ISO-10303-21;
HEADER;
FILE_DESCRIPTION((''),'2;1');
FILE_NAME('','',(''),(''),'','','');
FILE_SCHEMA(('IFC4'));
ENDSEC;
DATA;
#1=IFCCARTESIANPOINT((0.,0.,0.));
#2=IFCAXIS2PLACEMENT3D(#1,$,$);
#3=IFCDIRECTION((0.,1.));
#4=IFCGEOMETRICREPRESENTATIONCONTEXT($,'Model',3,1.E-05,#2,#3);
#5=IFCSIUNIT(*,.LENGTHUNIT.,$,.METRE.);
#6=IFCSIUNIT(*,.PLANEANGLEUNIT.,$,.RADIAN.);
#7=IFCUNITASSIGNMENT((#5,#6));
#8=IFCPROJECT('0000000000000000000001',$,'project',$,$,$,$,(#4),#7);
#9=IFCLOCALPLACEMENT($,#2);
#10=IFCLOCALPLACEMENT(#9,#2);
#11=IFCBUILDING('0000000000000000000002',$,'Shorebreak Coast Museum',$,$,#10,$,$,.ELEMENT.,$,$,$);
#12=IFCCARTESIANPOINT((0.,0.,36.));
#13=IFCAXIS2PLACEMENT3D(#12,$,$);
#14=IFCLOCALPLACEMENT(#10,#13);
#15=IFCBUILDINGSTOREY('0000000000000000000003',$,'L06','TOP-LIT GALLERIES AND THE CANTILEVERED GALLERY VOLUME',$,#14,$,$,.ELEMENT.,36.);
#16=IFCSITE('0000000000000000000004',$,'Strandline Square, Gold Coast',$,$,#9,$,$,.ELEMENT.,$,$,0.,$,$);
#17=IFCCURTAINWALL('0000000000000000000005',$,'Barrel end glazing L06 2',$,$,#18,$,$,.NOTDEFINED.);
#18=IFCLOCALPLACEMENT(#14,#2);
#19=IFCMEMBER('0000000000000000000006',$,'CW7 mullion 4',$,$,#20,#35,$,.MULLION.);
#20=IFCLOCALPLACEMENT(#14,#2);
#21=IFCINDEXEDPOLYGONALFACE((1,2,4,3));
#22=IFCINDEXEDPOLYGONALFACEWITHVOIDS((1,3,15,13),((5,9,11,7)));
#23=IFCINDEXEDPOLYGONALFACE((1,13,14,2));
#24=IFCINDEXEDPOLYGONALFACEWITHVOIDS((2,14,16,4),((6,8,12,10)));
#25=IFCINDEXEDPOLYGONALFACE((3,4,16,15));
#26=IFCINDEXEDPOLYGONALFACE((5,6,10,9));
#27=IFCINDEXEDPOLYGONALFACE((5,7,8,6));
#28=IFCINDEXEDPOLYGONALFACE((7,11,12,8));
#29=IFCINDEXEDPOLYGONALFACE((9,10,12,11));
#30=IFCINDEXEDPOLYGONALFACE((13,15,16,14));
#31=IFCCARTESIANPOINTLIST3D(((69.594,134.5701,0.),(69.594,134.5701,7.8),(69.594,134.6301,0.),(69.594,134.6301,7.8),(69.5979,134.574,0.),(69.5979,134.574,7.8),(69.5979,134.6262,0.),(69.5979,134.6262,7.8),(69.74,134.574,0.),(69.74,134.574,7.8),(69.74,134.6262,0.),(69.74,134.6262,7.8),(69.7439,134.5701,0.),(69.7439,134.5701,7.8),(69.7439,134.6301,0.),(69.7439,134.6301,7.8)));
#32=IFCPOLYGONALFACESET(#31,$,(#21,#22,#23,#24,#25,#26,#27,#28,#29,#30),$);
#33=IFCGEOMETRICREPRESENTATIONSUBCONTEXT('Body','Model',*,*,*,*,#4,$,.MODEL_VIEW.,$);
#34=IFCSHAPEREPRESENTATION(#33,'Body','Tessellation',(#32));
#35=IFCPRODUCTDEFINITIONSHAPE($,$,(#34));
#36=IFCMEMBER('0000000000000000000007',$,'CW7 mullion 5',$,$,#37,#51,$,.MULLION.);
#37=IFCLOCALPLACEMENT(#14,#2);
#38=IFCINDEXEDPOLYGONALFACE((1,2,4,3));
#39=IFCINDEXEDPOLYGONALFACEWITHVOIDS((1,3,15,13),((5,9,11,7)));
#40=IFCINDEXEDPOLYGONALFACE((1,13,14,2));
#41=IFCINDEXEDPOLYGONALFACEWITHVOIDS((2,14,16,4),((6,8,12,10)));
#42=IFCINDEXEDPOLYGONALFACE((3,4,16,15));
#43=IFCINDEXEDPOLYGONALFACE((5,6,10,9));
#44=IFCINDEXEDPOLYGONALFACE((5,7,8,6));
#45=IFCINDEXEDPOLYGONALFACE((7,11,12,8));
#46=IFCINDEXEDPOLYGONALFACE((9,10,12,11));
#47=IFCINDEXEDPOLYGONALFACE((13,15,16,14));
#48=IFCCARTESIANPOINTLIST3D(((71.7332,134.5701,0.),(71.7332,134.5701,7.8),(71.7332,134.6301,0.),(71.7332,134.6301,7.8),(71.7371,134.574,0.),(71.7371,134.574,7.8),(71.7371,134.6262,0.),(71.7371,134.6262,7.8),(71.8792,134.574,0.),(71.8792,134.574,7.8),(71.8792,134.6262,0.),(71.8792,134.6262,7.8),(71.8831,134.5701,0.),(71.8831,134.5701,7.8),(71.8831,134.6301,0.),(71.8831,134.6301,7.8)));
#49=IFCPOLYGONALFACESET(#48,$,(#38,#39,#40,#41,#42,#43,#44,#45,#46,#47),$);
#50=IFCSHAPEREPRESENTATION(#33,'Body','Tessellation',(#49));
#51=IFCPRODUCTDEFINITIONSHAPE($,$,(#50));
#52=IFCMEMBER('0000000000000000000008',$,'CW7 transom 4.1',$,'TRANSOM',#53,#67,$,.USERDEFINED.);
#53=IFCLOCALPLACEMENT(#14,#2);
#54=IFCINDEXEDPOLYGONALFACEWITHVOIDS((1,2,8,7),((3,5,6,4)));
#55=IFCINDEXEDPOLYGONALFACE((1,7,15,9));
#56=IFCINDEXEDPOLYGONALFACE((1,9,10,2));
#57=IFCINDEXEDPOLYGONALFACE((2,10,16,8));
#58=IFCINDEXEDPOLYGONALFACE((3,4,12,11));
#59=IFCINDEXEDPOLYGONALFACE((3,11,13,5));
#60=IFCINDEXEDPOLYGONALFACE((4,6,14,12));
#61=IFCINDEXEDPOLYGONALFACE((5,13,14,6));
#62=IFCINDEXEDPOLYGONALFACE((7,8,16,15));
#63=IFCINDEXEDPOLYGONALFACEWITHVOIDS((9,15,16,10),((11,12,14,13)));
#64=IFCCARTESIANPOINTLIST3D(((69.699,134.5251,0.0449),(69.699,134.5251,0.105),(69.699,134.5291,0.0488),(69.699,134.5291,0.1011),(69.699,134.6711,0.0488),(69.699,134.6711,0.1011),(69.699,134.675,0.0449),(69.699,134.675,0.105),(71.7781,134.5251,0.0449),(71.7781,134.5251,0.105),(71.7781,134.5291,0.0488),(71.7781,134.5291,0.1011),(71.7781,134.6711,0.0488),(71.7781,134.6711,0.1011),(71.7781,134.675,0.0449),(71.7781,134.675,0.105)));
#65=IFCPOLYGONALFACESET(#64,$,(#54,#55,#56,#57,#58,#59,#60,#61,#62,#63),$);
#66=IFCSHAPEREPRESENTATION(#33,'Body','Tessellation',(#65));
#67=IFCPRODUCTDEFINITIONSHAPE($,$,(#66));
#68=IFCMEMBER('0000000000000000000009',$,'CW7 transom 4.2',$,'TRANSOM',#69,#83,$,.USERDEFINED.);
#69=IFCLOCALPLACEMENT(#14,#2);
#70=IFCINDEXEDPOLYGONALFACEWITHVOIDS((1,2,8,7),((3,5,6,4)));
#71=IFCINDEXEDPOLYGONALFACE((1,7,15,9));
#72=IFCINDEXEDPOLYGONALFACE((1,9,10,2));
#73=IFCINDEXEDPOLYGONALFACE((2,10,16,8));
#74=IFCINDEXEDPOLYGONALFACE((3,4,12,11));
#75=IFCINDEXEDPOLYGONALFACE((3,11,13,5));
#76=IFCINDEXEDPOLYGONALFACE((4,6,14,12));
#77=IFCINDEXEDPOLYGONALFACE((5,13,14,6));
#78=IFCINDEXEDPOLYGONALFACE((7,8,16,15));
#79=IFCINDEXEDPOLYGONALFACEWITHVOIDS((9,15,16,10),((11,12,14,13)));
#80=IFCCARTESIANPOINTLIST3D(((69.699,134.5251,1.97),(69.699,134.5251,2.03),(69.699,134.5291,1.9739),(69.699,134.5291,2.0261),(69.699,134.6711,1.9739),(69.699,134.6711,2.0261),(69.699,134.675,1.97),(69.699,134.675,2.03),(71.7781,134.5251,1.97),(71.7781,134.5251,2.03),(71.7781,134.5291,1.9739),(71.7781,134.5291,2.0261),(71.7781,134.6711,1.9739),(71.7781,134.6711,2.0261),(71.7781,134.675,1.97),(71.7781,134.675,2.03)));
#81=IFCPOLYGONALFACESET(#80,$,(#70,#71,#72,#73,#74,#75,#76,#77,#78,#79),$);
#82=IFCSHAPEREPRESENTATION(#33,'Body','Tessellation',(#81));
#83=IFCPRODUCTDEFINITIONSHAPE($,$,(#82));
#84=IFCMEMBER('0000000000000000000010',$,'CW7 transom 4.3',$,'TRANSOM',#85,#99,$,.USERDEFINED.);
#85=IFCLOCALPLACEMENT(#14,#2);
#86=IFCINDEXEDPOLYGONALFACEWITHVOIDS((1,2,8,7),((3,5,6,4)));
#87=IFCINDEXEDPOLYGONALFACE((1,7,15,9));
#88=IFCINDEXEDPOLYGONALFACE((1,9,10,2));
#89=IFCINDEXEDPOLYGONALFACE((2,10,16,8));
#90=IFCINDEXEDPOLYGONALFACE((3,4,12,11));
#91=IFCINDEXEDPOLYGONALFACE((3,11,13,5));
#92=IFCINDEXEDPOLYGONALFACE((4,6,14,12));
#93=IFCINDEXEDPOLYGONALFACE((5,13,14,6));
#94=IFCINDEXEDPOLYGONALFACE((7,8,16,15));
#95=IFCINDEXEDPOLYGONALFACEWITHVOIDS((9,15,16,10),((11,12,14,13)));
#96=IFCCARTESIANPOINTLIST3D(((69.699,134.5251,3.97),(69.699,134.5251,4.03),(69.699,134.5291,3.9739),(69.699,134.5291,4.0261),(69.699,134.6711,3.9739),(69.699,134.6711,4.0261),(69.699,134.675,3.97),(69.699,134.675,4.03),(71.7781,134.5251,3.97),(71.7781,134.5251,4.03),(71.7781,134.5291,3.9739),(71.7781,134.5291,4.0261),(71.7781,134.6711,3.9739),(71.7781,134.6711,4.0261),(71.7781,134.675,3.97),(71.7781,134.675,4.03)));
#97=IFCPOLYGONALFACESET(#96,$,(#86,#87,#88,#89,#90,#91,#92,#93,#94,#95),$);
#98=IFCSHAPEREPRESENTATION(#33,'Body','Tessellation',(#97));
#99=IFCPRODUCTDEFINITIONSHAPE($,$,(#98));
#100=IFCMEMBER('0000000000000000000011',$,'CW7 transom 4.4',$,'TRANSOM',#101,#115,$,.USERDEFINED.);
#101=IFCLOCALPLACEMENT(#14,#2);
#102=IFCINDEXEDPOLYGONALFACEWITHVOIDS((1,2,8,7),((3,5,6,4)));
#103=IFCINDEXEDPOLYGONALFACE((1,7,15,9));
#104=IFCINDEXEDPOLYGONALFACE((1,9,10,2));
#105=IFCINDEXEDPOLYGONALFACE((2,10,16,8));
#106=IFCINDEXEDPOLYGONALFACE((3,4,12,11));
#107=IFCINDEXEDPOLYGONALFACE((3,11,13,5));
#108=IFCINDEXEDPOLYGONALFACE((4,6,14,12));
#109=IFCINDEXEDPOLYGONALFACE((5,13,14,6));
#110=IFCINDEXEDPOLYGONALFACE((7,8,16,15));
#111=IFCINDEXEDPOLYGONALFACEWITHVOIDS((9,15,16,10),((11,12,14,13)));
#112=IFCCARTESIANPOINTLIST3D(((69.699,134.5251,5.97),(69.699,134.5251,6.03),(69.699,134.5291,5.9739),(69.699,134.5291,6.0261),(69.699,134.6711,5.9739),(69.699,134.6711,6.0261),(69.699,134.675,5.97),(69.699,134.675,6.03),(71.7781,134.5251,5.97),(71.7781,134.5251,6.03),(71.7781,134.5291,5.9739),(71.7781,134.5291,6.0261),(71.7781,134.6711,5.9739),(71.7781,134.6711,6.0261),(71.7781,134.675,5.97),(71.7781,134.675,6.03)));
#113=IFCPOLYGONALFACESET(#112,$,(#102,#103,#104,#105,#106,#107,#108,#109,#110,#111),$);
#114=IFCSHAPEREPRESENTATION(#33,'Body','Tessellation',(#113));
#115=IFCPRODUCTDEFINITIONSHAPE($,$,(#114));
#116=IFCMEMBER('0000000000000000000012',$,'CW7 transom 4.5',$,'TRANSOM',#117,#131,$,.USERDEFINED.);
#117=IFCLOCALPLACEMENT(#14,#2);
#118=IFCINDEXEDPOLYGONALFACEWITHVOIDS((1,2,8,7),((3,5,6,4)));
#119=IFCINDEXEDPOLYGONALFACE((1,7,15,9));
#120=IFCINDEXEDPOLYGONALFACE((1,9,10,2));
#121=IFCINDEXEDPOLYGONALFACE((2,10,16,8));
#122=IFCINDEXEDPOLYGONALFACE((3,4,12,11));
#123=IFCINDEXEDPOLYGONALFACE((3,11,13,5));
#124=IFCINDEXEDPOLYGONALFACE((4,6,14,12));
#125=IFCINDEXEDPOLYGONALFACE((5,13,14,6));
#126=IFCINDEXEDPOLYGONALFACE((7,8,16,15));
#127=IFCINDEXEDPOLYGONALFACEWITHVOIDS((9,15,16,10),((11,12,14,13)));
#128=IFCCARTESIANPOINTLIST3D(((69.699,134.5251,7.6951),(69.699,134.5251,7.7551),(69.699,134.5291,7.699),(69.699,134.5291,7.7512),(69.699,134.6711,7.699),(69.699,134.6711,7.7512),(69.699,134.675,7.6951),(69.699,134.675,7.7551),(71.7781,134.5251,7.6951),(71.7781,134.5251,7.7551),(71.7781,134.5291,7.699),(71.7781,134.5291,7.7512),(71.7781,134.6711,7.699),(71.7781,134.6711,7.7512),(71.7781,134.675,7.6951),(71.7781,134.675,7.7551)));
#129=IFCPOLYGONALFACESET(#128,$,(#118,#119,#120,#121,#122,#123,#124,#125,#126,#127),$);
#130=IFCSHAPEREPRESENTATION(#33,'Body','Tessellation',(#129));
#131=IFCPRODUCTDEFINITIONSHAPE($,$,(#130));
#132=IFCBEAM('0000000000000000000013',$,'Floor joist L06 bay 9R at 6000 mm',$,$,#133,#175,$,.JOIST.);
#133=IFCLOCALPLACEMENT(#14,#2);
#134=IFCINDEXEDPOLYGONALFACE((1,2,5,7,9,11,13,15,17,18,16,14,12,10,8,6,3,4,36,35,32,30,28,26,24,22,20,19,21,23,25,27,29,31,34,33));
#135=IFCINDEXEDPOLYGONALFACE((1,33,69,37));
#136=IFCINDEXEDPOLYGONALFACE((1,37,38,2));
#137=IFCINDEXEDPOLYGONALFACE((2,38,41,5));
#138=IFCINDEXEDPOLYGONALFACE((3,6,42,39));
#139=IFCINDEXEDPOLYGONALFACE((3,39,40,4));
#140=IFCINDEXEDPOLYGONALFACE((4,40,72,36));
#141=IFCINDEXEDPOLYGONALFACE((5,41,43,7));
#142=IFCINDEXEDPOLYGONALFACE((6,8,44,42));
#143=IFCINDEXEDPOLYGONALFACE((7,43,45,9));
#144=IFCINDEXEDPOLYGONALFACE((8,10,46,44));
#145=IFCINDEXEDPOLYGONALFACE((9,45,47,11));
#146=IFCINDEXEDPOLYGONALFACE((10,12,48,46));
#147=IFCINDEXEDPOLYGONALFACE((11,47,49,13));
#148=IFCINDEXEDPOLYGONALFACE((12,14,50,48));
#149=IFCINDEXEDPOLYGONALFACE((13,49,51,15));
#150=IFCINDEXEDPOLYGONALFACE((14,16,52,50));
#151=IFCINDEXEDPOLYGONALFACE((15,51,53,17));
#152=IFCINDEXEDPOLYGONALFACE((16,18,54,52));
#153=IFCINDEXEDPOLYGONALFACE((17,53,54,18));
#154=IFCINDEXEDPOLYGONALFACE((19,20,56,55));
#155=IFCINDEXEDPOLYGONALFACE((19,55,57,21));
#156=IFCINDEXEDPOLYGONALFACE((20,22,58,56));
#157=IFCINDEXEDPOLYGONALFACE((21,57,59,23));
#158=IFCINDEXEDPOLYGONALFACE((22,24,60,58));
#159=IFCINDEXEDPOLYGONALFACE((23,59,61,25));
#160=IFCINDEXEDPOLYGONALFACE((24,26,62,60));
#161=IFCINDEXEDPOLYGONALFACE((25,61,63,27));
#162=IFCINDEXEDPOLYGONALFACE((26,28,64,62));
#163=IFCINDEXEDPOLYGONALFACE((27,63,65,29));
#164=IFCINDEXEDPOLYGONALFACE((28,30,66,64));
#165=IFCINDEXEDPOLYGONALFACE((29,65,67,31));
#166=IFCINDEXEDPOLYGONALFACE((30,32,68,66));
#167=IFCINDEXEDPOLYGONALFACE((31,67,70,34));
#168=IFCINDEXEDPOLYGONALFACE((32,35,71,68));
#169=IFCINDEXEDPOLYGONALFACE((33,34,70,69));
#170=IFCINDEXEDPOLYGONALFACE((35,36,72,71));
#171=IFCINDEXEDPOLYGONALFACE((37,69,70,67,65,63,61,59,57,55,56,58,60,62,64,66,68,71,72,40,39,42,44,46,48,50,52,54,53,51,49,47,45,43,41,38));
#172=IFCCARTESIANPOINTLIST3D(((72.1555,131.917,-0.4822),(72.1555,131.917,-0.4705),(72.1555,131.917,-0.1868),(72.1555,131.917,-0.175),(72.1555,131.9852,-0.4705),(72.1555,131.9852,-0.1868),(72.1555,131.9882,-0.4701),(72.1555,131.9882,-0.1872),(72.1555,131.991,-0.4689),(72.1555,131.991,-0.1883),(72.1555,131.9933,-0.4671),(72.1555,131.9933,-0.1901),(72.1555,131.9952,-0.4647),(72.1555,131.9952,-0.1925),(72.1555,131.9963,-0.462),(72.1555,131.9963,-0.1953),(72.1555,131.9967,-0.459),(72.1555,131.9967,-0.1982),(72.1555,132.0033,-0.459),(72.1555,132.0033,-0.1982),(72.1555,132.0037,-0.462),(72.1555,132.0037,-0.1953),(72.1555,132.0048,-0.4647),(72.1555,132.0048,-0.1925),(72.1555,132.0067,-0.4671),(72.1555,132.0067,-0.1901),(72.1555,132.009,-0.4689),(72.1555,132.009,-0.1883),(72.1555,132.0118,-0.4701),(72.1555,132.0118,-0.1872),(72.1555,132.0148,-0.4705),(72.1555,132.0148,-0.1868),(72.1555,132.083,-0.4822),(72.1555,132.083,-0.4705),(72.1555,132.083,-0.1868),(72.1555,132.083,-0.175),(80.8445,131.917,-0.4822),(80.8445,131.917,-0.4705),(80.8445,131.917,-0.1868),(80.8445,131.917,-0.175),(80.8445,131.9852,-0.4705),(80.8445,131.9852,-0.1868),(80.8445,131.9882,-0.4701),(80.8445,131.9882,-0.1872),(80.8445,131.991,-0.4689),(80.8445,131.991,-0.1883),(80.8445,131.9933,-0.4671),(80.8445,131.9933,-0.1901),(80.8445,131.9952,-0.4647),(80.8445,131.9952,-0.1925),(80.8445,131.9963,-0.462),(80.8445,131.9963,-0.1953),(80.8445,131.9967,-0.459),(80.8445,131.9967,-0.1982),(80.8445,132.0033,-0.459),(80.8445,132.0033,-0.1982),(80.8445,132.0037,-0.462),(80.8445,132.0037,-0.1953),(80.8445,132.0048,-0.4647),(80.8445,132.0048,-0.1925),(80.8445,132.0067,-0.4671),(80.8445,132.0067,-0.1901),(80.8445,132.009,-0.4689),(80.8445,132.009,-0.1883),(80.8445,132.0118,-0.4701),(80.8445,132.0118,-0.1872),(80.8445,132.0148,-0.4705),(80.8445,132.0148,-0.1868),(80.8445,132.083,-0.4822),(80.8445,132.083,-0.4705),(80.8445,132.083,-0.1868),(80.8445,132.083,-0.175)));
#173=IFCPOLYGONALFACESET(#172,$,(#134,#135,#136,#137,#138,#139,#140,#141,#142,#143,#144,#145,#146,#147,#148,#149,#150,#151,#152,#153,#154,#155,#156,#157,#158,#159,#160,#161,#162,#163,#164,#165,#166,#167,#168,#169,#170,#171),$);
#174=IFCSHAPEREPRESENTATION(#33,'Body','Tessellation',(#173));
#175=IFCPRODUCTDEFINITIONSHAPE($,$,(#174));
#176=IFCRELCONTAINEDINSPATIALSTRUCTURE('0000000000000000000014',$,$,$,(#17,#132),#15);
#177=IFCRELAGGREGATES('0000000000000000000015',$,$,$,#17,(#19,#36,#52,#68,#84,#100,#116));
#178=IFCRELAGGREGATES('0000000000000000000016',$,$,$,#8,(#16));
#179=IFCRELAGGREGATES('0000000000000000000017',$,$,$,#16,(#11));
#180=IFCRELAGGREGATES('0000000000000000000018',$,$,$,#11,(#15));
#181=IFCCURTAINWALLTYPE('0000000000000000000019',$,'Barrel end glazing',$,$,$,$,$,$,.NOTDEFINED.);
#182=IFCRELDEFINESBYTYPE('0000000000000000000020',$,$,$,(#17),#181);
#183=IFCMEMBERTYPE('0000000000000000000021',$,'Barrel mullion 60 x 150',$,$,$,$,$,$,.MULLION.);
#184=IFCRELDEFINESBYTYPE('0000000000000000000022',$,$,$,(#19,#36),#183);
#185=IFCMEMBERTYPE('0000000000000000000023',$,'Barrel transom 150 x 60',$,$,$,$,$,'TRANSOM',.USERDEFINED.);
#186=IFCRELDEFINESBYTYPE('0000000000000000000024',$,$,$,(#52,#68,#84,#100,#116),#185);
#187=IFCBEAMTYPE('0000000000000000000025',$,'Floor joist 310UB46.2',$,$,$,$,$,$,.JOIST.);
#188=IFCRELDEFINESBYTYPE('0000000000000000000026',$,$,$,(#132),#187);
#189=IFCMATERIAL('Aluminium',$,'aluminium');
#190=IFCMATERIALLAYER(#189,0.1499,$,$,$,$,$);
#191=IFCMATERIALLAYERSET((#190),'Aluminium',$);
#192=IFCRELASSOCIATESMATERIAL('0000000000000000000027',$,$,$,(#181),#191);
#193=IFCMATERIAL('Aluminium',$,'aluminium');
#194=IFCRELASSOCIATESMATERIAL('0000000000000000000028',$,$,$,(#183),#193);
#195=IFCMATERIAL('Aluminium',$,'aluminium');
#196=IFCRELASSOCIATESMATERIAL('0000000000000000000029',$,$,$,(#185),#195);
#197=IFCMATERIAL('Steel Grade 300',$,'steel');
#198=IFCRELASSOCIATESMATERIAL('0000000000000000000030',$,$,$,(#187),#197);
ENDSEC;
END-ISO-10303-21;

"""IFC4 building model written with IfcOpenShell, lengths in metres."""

from ifc_helpers import new_model, si_unit, direction, frame, origin, origin_2d, place, context, subcontext, project, spatial, hollow_rectangle, i_section, extrude, material, layer, layer_set, material_profile, profile_set, type_object, element, aggregate, save


model = new_model("IFC4")

# Units and contexts
model_context = context("Model", 3, precision=1e-05, world=origin(), true_north=direction((0.0, 1.0)))
body_context = subcontext(model_context, "Body", "Model", "MODEL_VIEW")
ifc_project = project(units=[si_unit("LENGTHUNIT", "METRE"), si_unit("PLANEANGLEUNIT", "RADIAN")], contexts=[model_context])

# Site, building, storey
site_placement = place(None, origin())
site = spatial("IfcSite", under=ifc_project, at=site_placement, Name="Strandline Square, Gold Coast", CompositionType="ELEMENT", RefElevation=0.0)
building_placement = place(site_placement, origin())
building = spatial("IfcBuilding", under=site, at=building_placement, Name="Shorebreak Coast Museum", CompositionType="ELEMENT")
storey_placement = place(building_placement, frame((0.0, 0.0, 36.0)))
storey = spatial("IfcBuildingStorey", under=building, at=storey_placement, Name="L06", Description="TOP-LIT GALLERIES AND THE CANTILEVERED GALLERY VOLUME", CompositionType="ELEMENT", Elevation=36.0)

# Curtain wall, members
ifc_material_1 = material(Name="Aluminium", Category="aluminium")
ifc_layer_1 = layer(ifc_material_1, 0.1499)
ifc_layer_set_1 = layer_set([ifc_layer_1], Name="Aluminium")
curtain_wall_type_1 = type_object("IfcCurtainWallType", Name="Barrel end glazing", PredefinedType="NOTDEFINED", material=ifc_layer_set_1)
curtain_wall_1_placement = place(storey_placement, origin())
curtain_wall_1 = element("IfcCurtainWall", 1, at=curtain_wall_1_placement, inside=storey, type_object=curtain_wall_type_1, Name="Barrel end glazing L06 2", PredefinedType="NOTDEFINED")
ifc_material_2 = material(Name="Aluminium", Category="aluminium")
ifc_material_profile_1 = material_profile(ifc_material_2, hollow_rectangle(XDim=0.0601, YDim=0.1499, WallThickness=0.0039, at=origin_2d()), Name="AL 150x60 RHS")
ifc_profile_set_1 = profile_set([ifc_material_profile_1], Name="Aluminium")
member_type_1 = type_object("IfcMemberType", Name="Barrel mullion 60 x 150", PredefinedType="MULLION", material=ifc_profile_set_1)
member_1_placement = place(storey_placement, frame((69.6689, 134.6001, 0.0), z_axis=(0.0, 0.0, 1.0), x_axis=(0.0, 1.0, 0.0)))
member_1 = element("IfcMember", 2, at=member_1_placement, type_object=member_type_1, Name="CW7 mullion 4", PredefinedType="MULLION", context=body_context, shape_type="SweptSolid", body=[
    extrude(hollow_rectangle(XDim=0.0601, YDim=0.1499, WallThickness=0.0039, at=origin_2d()), origin(), (0.0, 0.0, 1.0), 7.8),
])
member_2_placement = place(storey_placement, frame((71.8081, 134.6001, 0.0), z_axis=(0.0, 0.0, 1.0), x_axis=(0.0, 1.0, 0.0)))
member_2 = element("IfcMember", 3, at=member_2_placement, type_object=member_type_1, Name="CW7 mullion 5", PredefinedType="MULLION", context=body_context, shape_type="SweptSolid", body=[
    extrude(hollow_rectangle(XDim=0.0601, YDim=0.1499, WallThickness=0.0039, at=origin_2d()), origin(), (0.0, 0.0, 1.0), 7.8),
])
ifc_material_3 = material(Name="Aluminium", Category="aluminium")
ifc_material_profile_2 = material_profile(ifc_material_3, hollow_rectangle(XDim=0.1499, YDim=0.0601, WallThickness=0.0039, at=origin_2d()), Name="AL 60x150 RHS")
ifc_profile_set_2 = profile_set([ifc_material_profile_2], Name="Aluminium")
member_type_2 = type_object("IfcMemberType", Name="Barrel transom 150 x 60", ElementType="TRANSOM", PredefinedType="USERDEFINED", material=ifc_profile_set_2)
member_3_placement = place(storey_placement, frame((69.699, 134.6001, 0.075), z_axis=(1.0, 0.0, 0.0), x_axis=(0.0, 1.0, 0.0)))
member_3 = element("IfcMember", 4, at=member_3_placement, type_object=member_type_2, Name="CW7 transom 4.1", ObjectType="TRANSOM", PredefinedType="USERDEFINED", context=body_context, shape_type="SweptSolid", body=[
    extrude(hollow_rectangle(XDim=0.1499, YDim=0.0601, WallThickness=0.0039, at=origin_2d()), origin(), (0.0, 0.0, 1.0), 2.0791),
])
member_4_placement = place(storey_placement, frame((69.699, 134.6001, 2.0), z_axis=(1.0, 0.0, 0.0), x_axis=(0.0, 1.0, 0.0)))
member_4 = element("IfcMember", 5, at=member_4_placement, type_object=member_type_2, Name="CW7 transom 4.2", ObjectType="TRANSOM", PredefinedType="USERDEFINED", context=body_context, shape_type="SweptSolid", body=[
    extrude(hollow_rectangle(XDim=0.1499, YDim=0.0601, WallThickness=0.0039, at=origin_2d()), origin(), (0.0, 0.0, 1.0), 2.0791),
])
member_5_placement = place(storey_placement, frame((69.699, 134.6001, 4.0), z_axis=(1.0, 0.0, 0.0), x_axis=(0.0, 1.0, 0.0)))
member_5 = element("IfcMember", 6, at=member_5_placement, type_object=member_type_2, Name="CW7 transom 4.3", ObjectType="TRANSOM", PredefinedType="USERDEFINED", context=body_context, shape_type="SweptSolid", body=[
    extrude(hollow_rectangle(XDim=0.1499, YDim=0.0601, WallThickness=0.0039, at=origin_2d()), origin(), (0.0, 0.0, 1.0), 2.0791),
])
member_6_placement = place(storey_placement, frame((69.699, 134.6001, 6.0), z_axis=(1.0, 0.0, 0.0), x_axis=(0.0, 1.0, 0.0)))
member_6 = element("IfcMember", 7, at=member_6_placement, type_object=member_type_2, Name="CW7 transom 4.4", ObjectType="TRANSOM", PredefinedType="USERDEFINED", context=body_context, shape_type="SweptSolid", body=[
    extrude(hollow_rectangle(XDim=0.1499, YDim=0.0601, WallThickness=0.0039, at=origin_2d()), origin(), (0.0, 0.0, 1.0), 2.0791),
])
member_7_placement = place(storey_placement, frame((69.699, 134.6001, 7.7251), z_axis=(1.0, 0.0, 0.0), x_axis=(0.0, 1.0, 0.0)))
member_7 = element("IfcMember", 8, at=member_7_placement, type_object=member_type_2, Name="CW7 transom 4.5", ObjectType="TRANSOM", PredefinedType="USERDEFINED", context=body_context, shape_type="SweptSolid", body=[
    extrude(hollow_rectangle(XDim=0.1499, YDim=0.0601, WallThickness=0.0039, at=origin_2d()), origin(), (0.0, 0.0, 1.0), 2.0791),
])

# Beam
ifc_material_4 = material(Name="Steel Grade 300", Category="steel")
ifc_material_profile_3 = material_profile(ifc_material_4, i_section(OverallWidth=0.166, OverallDepth=0.3071, WebThickness=0.0066, FlangeThickness=0.0117, FilletRadius=0.0115, at=origin_2d()), Name="310UB46.2")
ifc_profile_set_3 = profile_set([ifc_material_profile_3], Name="Steel Grade 300")
beam_type = type_object("IfcBeamType", Name="Floor joist 310UB46.2", PredefinedType="JOIST", material=ifc_profile_set_3)
beam_placement = place(storey_placement, frame((72.1555, 132.0, -0.3286), z_axis=(1.0, 0.0, 0.0), x_axis=(0.0, 1.0, 0.0)))
element("IfcBeam", 9, at=beam_placement, inside=storey, type_object=beam_type, Name="Floor joist L06 bay 9R at 6000 mm", PredefinedType="JOIST", context=body_context, shape_type="SweptSolid", body=[
    extrude(i_section(OverallWidth=0.166, OverallDepth=0.3071, WebThickness=0.0066, FlangeThickness=0.0117, FilletRadius=0.0115, at=origin_2d()), origin(), (0.0, 0.0, 1.0), 8.689),
])

aggregate(curtain_wall_1, [member_1, member_2, member_3, member_4, member_5, member_6, member_7])

save(model, "model.ifc")
